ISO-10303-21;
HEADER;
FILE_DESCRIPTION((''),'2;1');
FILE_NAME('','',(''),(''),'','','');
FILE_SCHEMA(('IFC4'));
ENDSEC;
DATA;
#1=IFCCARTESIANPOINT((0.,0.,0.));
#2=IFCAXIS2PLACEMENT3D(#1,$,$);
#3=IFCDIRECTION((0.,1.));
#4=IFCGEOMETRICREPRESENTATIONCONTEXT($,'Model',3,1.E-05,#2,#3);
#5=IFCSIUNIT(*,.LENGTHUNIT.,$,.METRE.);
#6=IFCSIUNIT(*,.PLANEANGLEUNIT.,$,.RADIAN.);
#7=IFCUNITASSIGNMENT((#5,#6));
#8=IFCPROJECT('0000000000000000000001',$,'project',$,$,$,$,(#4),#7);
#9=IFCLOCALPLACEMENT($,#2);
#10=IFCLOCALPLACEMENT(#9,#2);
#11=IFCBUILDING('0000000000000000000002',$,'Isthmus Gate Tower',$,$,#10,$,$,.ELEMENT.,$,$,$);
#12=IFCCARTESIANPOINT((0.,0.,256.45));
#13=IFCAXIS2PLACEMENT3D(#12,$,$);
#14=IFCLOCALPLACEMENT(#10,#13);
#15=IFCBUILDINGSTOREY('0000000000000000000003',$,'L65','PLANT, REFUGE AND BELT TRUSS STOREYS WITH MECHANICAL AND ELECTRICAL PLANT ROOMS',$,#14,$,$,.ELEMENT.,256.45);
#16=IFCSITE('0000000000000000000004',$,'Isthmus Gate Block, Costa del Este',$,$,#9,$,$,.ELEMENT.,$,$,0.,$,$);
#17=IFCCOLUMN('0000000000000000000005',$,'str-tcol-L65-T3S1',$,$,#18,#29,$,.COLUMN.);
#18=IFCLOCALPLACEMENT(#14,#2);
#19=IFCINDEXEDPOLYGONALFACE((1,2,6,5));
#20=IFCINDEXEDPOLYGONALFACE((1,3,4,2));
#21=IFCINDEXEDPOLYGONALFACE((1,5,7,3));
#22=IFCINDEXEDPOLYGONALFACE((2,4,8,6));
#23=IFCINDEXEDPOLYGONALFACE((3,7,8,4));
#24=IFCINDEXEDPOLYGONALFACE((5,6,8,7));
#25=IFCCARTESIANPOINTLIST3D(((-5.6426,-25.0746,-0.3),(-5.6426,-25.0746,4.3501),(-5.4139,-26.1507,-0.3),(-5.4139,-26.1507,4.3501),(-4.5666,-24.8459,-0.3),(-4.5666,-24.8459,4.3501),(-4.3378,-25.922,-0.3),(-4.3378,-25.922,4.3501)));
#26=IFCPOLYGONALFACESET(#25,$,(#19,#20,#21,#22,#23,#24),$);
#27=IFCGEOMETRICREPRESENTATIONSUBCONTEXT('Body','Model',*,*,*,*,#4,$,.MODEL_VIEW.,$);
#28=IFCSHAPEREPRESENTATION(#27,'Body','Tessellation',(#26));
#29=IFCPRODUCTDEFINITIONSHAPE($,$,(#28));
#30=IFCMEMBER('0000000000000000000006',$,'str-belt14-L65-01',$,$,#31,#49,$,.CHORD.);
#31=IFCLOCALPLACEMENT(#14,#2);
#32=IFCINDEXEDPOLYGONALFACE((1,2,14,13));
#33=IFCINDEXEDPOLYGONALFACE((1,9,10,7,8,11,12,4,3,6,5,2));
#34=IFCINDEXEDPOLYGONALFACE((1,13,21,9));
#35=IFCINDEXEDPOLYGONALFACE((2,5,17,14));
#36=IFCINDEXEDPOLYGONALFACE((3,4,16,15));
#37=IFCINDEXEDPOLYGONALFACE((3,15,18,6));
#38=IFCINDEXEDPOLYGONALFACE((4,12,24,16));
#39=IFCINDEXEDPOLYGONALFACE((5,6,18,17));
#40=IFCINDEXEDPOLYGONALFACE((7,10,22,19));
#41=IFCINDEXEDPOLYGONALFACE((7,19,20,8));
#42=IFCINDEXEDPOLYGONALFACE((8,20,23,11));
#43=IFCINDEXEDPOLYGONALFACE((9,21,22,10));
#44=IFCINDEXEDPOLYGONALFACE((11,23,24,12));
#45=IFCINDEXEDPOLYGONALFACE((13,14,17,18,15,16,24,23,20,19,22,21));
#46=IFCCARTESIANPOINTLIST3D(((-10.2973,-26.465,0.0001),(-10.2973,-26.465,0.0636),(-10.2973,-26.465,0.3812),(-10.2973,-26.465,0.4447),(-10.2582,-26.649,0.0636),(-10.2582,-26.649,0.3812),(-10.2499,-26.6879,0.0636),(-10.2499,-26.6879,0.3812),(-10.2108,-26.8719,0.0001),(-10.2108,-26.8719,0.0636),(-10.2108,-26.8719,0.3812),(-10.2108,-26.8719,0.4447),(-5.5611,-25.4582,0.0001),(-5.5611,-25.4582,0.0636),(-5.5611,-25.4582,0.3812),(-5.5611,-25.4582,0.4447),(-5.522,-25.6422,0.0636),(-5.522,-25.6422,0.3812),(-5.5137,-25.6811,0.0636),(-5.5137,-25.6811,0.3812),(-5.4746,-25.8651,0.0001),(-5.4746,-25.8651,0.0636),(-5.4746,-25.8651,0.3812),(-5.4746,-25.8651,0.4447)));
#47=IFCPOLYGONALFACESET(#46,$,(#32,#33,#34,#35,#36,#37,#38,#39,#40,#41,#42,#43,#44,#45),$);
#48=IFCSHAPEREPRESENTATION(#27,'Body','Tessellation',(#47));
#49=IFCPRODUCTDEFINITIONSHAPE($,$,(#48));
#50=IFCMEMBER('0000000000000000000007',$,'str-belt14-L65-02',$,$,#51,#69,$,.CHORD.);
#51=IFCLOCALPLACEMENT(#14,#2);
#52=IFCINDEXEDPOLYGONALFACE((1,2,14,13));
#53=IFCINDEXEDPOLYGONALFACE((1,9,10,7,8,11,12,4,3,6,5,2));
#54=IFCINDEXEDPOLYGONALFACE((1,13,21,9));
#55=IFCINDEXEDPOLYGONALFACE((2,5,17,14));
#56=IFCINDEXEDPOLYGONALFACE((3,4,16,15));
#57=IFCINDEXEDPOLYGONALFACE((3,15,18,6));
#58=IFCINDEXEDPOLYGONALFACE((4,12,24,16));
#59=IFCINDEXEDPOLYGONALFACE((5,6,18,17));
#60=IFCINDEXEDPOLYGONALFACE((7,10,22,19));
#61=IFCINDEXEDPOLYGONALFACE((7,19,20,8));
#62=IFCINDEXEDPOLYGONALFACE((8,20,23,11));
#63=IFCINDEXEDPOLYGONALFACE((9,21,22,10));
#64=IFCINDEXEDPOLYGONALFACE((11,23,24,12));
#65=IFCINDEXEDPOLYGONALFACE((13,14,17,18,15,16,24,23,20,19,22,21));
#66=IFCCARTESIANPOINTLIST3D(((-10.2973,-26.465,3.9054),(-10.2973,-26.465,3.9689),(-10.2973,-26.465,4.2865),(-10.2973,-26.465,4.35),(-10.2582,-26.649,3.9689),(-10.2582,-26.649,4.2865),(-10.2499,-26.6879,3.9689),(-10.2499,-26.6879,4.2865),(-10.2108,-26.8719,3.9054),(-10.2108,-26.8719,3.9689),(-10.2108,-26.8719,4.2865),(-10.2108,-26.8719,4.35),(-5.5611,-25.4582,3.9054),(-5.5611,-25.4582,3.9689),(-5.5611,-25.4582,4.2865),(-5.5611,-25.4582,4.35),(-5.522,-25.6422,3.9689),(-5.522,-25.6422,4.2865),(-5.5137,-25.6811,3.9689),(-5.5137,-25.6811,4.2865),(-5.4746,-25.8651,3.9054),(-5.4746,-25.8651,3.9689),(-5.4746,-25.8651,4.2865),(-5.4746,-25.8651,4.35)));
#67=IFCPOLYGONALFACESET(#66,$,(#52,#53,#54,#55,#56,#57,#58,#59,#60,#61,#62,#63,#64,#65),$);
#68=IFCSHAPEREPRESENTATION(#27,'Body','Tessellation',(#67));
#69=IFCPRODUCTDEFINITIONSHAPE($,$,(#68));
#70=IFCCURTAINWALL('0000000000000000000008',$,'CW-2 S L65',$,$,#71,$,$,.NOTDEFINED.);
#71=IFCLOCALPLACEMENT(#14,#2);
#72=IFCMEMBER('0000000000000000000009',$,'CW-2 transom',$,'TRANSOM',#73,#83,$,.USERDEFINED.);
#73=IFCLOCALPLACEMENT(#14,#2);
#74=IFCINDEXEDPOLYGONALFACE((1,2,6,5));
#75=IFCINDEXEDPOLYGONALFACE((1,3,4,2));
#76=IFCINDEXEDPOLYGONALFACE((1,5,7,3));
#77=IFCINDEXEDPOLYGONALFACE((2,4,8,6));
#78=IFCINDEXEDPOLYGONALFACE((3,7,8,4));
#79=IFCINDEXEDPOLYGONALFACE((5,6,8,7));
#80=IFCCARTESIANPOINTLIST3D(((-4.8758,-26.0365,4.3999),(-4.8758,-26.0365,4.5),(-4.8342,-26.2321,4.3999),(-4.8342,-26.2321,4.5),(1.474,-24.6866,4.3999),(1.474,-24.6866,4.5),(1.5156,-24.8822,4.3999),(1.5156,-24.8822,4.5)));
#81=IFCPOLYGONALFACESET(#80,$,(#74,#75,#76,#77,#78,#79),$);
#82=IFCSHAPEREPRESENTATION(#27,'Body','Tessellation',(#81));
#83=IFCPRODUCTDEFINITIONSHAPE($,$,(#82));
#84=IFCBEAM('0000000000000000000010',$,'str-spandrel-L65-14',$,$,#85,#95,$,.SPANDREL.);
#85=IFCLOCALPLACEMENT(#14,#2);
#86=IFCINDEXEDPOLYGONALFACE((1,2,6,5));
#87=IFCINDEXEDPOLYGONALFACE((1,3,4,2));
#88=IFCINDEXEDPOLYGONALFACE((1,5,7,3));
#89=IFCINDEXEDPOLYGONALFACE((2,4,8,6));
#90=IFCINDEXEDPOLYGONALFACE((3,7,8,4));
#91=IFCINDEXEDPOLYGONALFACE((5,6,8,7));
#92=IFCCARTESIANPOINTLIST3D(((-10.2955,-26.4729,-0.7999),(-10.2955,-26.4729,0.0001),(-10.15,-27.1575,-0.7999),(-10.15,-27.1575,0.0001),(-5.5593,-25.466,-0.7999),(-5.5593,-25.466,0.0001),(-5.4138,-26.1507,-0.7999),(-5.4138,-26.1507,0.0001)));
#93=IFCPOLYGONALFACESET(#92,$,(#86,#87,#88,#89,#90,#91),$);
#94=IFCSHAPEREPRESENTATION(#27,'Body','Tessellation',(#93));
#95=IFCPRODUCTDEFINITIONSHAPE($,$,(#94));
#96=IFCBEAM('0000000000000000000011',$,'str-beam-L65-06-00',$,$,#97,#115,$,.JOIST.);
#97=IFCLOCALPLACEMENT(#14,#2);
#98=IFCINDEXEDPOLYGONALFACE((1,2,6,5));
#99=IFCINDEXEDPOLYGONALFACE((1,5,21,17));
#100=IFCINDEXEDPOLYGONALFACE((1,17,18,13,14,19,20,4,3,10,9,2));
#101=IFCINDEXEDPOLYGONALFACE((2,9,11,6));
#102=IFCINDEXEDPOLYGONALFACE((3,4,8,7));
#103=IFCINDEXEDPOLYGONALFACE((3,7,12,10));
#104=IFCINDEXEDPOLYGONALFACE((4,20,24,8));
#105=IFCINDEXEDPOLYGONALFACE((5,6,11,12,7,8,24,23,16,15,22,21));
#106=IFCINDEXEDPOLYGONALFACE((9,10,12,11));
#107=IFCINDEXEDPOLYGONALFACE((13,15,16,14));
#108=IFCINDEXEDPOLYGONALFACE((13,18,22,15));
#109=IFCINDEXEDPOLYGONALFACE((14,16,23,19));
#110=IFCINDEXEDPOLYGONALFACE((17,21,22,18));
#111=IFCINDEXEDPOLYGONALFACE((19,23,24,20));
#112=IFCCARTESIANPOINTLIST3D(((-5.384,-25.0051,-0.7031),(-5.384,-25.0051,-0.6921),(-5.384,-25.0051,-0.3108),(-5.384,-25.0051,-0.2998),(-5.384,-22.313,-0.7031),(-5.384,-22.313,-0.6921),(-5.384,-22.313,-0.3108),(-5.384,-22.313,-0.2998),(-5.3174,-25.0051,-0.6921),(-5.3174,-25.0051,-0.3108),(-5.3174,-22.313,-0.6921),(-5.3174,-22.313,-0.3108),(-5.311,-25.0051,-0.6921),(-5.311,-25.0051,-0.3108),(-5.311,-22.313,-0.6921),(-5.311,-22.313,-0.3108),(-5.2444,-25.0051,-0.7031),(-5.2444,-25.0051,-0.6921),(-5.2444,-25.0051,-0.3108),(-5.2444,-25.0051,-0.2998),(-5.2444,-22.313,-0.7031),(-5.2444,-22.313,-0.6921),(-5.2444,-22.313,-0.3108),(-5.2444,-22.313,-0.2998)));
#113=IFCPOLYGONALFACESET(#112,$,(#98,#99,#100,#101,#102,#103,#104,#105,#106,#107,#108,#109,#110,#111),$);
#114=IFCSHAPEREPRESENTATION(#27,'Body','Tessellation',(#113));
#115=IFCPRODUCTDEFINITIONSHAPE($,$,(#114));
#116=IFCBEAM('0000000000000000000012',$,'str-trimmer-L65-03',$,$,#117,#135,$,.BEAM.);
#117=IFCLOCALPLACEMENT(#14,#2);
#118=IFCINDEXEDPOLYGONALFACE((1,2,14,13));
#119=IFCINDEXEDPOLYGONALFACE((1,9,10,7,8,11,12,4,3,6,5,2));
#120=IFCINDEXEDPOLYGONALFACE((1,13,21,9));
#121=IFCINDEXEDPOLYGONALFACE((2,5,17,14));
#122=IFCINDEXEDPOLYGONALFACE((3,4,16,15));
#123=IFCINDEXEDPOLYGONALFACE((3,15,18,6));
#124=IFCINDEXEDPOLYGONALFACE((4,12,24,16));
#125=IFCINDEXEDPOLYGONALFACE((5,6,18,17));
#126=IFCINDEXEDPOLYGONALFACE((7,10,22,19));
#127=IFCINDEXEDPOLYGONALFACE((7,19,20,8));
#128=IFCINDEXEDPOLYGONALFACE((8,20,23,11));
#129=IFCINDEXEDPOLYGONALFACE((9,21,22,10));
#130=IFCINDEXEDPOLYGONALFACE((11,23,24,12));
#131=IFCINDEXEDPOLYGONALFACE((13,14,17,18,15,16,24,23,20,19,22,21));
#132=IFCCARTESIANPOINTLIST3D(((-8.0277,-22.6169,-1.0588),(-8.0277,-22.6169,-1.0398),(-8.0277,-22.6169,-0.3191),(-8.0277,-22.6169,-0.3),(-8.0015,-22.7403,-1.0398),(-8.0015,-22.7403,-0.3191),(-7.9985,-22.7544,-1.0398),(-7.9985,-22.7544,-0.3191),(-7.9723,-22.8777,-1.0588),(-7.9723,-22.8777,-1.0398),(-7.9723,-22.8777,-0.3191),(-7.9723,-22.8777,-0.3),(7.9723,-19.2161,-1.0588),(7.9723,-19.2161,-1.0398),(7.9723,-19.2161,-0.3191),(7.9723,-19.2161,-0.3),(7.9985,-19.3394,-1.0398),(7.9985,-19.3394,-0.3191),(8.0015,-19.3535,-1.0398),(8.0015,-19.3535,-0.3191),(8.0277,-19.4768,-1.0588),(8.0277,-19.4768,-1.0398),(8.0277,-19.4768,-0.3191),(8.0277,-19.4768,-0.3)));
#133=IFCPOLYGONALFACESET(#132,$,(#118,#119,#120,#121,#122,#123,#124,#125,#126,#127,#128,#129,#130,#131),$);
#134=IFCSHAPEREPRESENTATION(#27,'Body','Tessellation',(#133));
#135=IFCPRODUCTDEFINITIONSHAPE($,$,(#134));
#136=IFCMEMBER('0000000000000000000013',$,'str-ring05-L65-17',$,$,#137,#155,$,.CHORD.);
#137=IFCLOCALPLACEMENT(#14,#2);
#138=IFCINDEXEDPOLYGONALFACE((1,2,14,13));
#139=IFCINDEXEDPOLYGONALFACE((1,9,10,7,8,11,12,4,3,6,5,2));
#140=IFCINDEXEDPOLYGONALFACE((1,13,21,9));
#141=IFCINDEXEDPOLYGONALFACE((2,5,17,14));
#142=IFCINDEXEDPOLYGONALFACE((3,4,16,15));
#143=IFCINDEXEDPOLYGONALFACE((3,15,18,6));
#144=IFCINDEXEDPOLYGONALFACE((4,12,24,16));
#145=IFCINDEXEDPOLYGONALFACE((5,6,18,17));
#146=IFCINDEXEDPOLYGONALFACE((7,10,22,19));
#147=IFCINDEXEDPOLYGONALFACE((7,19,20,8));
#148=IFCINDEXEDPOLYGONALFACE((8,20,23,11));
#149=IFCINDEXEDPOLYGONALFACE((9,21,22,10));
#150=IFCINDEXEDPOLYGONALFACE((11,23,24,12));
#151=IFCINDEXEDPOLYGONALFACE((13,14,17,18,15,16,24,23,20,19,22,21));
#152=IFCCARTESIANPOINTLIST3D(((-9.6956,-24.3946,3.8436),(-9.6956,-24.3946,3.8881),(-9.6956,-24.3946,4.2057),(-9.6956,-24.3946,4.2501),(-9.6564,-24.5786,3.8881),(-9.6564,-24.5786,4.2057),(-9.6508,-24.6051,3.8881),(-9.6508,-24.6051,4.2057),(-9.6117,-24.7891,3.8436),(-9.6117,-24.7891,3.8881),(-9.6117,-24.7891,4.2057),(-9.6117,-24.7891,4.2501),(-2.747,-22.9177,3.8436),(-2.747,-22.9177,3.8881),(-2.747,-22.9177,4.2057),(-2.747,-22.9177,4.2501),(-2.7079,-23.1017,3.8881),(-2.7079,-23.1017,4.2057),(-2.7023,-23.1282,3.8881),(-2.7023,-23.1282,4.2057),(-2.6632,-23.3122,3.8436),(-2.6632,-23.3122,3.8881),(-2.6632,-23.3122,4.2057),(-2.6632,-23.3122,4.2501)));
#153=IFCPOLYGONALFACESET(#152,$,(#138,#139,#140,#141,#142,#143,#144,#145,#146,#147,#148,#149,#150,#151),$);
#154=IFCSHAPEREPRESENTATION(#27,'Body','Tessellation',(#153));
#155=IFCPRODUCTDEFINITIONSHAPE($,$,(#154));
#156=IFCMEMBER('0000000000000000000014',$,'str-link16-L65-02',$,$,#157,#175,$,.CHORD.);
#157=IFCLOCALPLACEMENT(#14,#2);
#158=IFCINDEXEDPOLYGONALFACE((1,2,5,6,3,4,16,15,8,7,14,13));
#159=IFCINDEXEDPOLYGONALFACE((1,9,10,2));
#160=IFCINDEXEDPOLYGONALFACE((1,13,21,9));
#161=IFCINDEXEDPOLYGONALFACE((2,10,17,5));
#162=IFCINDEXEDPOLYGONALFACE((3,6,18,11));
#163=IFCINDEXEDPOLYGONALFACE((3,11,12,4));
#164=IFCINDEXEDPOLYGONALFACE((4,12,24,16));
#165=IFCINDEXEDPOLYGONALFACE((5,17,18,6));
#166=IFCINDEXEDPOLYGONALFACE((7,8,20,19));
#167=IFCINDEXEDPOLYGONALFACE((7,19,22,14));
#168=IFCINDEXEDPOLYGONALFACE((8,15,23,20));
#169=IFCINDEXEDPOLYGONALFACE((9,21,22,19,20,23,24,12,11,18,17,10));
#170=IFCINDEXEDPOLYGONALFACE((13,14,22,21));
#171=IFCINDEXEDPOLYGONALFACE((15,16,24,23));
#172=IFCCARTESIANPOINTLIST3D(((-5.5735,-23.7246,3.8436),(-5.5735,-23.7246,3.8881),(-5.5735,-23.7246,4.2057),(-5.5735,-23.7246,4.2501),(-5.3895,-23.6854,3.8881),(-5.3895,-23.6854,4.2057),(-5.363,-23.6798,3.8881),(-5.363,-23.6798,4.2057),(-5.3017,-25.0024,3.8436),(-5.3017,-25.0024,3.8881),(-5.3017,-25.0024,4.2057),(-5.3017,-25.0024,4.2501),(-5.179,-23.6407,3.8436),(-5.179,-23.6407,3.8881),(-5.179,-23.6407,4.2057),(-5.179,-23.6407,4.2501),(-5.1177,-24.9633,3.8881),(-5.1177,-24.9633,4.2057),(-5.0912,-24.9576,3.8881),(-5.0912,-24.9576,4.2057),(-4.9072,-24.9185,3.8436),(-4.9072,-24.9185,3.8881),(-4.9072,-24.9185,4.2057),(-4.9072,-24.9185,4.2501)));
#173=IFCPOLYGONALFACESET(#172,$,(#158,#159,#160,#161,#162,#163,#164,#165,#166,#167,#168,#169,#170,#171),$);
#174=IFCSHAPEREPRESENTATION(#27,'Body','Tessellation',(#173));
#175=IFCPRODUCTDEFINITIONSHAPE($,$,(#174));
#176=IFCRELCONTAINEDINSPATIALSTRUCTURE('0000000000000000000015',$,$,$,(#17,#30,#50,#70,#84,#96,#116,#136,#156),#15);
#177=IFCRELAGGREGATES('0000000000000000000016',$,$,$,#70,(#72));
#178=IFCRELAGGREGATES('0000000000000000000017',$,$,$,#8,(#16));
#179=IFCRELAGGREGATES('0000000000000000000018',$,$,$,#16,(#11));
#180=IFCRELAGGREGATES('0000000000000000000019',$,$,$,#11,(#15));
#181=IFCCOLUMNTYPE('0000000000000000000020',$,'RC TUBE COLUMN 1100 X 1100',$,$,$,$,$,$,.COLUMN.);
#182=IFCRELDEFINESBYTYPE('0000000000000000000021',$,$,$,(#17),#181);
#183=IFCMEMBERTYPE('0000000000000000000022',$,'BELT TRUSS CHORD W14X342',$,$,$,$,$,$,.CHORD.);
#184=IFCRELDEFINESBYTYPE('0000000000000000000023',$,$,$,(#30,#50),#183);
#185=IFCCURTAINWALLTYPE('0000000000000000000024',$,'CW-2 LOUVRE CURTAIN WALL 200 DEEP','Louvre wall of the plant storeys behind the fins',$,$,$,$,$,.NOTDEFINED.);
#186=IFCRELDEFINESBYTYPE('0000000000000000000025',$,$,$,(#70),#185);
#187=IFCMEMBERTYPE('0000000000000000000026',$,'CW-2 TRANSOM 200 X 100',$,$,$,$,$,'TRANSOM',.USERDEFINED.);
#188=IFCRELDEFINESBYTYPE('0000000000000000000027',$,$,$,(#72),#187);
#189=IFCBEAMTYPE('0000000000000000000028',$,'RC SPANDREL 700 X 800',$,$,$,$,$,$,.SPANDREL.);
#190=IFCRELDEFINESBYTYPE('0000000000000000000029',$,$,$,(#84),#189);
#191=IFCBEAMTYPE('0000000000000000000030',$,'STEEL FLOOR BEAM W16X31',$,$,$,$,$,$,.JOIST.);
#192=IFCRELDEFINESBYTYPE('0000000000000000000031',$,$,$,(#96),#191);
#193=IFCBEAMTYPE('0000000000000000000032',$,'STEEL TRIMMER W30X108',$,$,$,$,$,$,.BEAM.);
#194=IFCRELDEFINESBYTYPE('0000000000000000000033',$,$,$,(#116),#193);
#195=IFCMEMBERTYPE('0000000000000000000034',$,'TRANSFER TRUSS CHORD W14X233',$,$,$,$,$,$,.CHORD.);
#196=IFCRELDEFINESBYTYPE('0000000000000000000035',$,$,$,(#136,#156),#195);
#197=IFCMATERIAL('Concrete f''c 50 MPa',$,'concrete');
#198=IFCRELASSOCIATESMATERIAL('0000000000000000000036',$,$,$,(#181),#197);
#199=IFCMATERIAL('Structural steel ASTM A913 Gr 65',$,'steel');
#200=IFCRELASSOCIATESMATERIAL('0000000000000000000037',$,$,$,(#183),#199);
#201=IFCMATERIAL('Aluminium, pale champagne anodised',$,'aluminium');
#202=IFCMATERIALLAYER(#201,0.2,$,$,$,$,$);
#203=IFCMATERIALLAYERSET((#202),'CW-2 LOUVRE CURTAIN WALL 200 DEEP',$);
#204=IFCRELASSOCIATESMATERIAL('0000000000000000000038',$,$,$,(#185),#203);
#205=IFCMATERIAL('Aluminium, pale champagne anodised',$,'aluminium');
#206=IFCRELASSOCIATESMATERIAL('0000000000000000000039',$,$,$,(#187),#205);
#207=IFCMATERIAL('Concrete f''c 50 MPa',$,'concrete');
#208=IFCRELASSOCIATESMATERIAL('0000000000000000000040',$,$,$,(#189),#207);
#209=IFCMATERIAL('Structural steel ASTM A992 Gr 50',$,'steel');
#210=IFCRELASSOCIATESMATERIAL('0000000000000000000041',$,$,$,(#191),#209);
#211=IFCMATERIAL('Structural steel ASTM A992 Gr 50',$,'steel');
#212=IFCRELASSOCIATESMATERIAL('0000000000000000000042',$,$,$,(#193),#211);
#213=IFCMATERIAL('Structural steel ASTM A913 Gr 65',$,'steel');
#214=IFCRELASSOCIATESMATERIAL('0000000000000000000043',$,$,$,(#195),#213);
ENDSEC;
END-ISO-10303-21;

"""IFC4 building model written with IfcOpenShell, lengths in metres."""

from ifc_helpers import new_model, si_unit, direction, frame, origin, origin_2d, place, context, subcontext, project, spatial, rectangle, i_section, extrude, material, layer, layer_set, material_profile, profile_set, type_object, element, aggregate, save


model = new_model("IFC4")

# Units and contexts
model_context = context("Model", 3, precision=1e-05, world=origin(), true_north=direction((0.0, 1.0)))
body_context = subcontext(model_context, "Body", "Model", "MODEL_VIEW")
ifc_project = project(units=[si_unit("LENGTHUNIT", "METRE"), si_unit("PLANEANGLEUNIT", "RADIAN")], contexts=[model_context])

# Site, building, storey
site_placement = place(None, origin())
site = spatial("IfcSite", under=ifc_project, at=site_placement, Name="Isthmus Gate Block, Costa del Este", CompositionType="ELEMENT", RefElevation=0.0)
building_placement = place(site_placement, origin())
building = spatial("IfcBuilding", under=site, at=building_placement, Name="Isthmus Gate Tower", CompositionType="ELEMENT")
storey_placement = place(building_placement, frame((0.0, 0.0, 256.45)))
storey = spatial("IfcBuildingStorey", under=building, at=storey_placement, Name="L65", Description="PLANT, REFUGE AND BELT TRUSS STOREYS WITH MECHANICAL AND ELECTRICAL PLANT ROOMS", CompositionType="ELEMENT", Elevation=256.45)

# Column
ifc_material_1 = material(Name="Concrete f'c 50 MPa", Category="concrete")
ifc_material_profile_1 = material_profile(ifc_material_1, rectangle(XDim=1.1001, YDim=1.1001, at=origin_2d()), Name="RC 1100X1100")
ifc_profile_set_1 = profile_set([ifc_material_profile_1], Name="Concrete f'c 50 MPa")
column_type = type_object("IfcColumnType", Name="RC TUBE COLUMN 1100 X 1100", PredefinedType="COLUMN", material=ifc_profile_set_1)
column_placement = place(storey_placement, frame((-4.9902, -25.4983, -0.3), z_axis=(0.0, 0.0, 1.0), x_axis=(0.978148, 0.207912, 0.0)))
element("IfcColumn", 1, at=column_placement, inside=storey, type_object=column_type, Name="str-tcol-L65-T3S1", PredefinedType="COLUMN", context=body_context, shape_type="SweptSolid", body=[
    extrude(rectangle(XDim=1.1001, YDim=1.1001, at=origin_2d()), origin(), (0.0, 0.0, 1.0), 4.6501),
])

# Members
ifc_material_2 = material(Name="Structural steel ASTM A913 Gr 65", Category="steel")
ifc_material_profile_2 = material_profile(ifc_material_2, i_section(OverallWidth=0.416, OverallDepth=0.4446, WebThickness=0.0398, FlangeThickness=0.0635, at=origin_2d()), Name="W14X342")
ifc_profile_set_2 = profile_set([ifc_material_profile_2], Name="Structural steel ASTM A913 Gr 65")
member_type_1 = type_object("IfcMemberType", Name="BELT TRUSS CHORD W14X342", PredefinedType="CHORD", material=ifc_profile_set_2)
for number, where, z_axis, x_axis, name in (
    (2, (-5.5178, -25.6616, 0.2224), (-0.978141, -0.207941, 0.0), (0.207941, -0.978141, 0.0), "str-belt14-L65-01"),
    (3, (-5.5178, -25.6616, 4.1277), (-0.978141, -0.207941, 0.0), (0.207941, -0.978141, 0.0), "str-belt14-L65-02"),
):
    element("IfcMember", number, at=place(storey_placement, frame(where, z_axis=z_axis, x_axis=x_axis)), inside=storey, type_object=member_type_1, Name=name, PredefinedType="CHORD", context=body_context, shape_type="SweptSolid", body=[
        extrude(i_section(OverallWidth=0.416, OverallDepth=0.4446, WebThickness=0.0398, FlangeThickness=0.0635, at=origin_2d()), origin(), (0.0, 0.0, 1.0), 4.842),
    ])

# Curtain wall, member
ifc_material_3 = material(Name="Aluminium, pale champagne anodised", Category="aluminium")
ifc_layer_1 = layer(ifc_material_3, 0.2)
ifc_layer_set_1 = layer_set([ifc_layer_1], Name="CW-2 LOUVRE CURTAIN WALL 200 DEEP")
curtain_wall_type = type_object("IfcCurtainWallType", Name="CW-2 LOUVRE CURTAIN WALL 200 DEEP", Description="Louvre wall of the plant storeys behind the fins", PredefinedType="NOTDEFINED", material=ifc_layer_set_1)
curtain_wall_placement = place(storey_placement, origin())
curtain_wall = element("IfcCurtainWall", 4, at=curtain_wall_placement, inside=storey, type_object=curtain_wall_type, Name="CW-2 S L65", PredefinedType="NOTDEFINED")
ifc_material_4 = material(Name="Aluminium, pale champagne anodised", Category="aluminium")
ifc_material_profile_3 = material_profile(ifc_material_4, rectangle(XDim=0.2, YDim=0.1001, at=origin_2d()), Name="200x100")
ifc_profile_set_3 = profile_set([ifc_material_profile_3], Name="Aluminium, pale champagne anodised")
member_type_2 = type_object("IfcMemberType", Name="CW-2 TRANSOM 200 X 100", ElementType="TRANSOM", PredefinedType="USERDEFINED", material=ifc_profile_set_3)
member_1_placement = place(storey_placement, frame((-4.855, -26.1343, 4.45), z_axis=(0.978143, 0.207934, 0.0), x_axis=(-0.207934, 0.978143, 0.0)))
member_1 = element("IfcMember", 5, at=member_1_placement, type_object=member_type_2, Name="CW-2 transom", ObjectType="TRANSOM", PredefinedType="USERDEFINED", context=body_context, shape_type="SweptSolid", body=[
    extrude(rectangle(XDim=0.2, YDim=0.1001, at=origin_2d()), origin(), (0.0, 0.0, 1.0), 6.4917),
])

# Beams
ifc_material_5 = material(Name="Concrete f'c 50 MPa", Category="concrete")
ifc_material_profile_4 = material_profile(ifc_material_5, rectangle(XDim=0.7, YDim=0.8, at=origin_2d()), Name="RC 700X800")
ifc_profile_set_4 = profile_set([ifc_material_profile_4], Name="Concrete f'c 50 MPa")
beam_type_1 = type_object("IfcBeamType", Name="RC SPANDREL 700 X 800", PredefinedType="SPANDREL", material=ifc_profile_set_4)
beam_1_placement = place(storey_placement, frame((-5.4866, -25.8083, -0.3999), z_axis=(-0.978141, -0.207941, 0.0), x_axis=(0.207941, -0.978141, 0.0)))
element("IfcBeam", 6, at=beam_1_placement, inside=storey, type_object=beam_type_1, Name="str-spandrel-L65-14", PredefinedType="SPANDREL", context=body_context, shape_type="SweptSolid", body=[
    extrude(rectangle(XDim=0.7, YDim=0.8, at=origin_2d()), origin(), (0.0, 0.0, 1.0), 4.842),
])
ifc_material_6 = material(Name="Structural steel ASTM A992 Gr 50", Category="steel")
ifc_material_profile_5 = material_profile(ifc_material_6, i_section(OverallWidth=0.1396, OverallDepth=0.4033, WebThickness=0.0063, FlangeThickness=0.011, at=origin_2d()), Name="W16X31")
ifc_profile_set_5 = profile_set([ifc_material_profile_5], Name="Structural steel ASTM A992 Gr 50")
beam_type_2 = type_object("IfcBeamType", Name="STEEL FLOOR BEAM W16X31", PredefinedType="JOIST", material=ifc_profile_set_5)
beam_2_placement = place(storey_placement, frame((-5.3142, -25.0051, -0.5015), z_axis=(0.0, 1.0, 0.0), x_axis=(-1.0, 0.0, 0.0)))
element("IfcBeam", 7, at=beam_2_placement, inside=storey, type_object=beam_type_2, Name="str-beam-L65-06-00", PredefinedType="JOIST", context=body_context, shape_type="SweptSolid", body=[
    extrude(i_section(OverallWidth=0.1396, OverallDepth=0.4033, WebThickness=0.0063, FlangeThickness=0.011, at=origin_2d()), origin(), (0.0, 0.0, 1.0), 2.6921),
])
ifc_material_7 = material(Name="Structural steel ASTM A992 Gr 50", Category="steel")
ifc_material_profile_6 = material_profile(ifc_material_7, i_section(OverallWidth=0.2666, OverallDepth=0.7588, WebThickness=0.0144, FlangeThickness=0.019, at=origin_2d()), Name="W30X108")
ifc_profile_set_6 = profile_set([ifc_material_profile_6], Name="Structural steel ASTM A992 Gr 50")
beam_type_3 = type_object("IfcBeamType", Name="STEEL TRIMMER W30X108", PredefinedType="BEAM", material=ifc_profile_set_6)
beam_3_placement = place(storey_placement, frame((-8.0, -22.7473, -0.6794), z_axis=(0.978148, 0.20791, 0.0), x_axis=(-0.20791, 0.978148, 0.0)))
element("IfcBeam", 8, at=beam_3_placement, inside=storey, type_object=beam_type_3, Name="str-trimmer-L65-03", PredefinedType="BEAM", context=body_context, shape_type="SweptSolid", body=[
    extrude(i_section(OverallWidth=0.2666, OverallDepth=0.7588, WebThickness=0.0144, FlangeThickness=0.019, at=origin_2d()), origin(), (0.0, 0.0, 1.0), 16.3574),
])

# Members
ifc_material_8 = material(Name="Structural steel ASTM A913 Gr 65", Category="steel")
ifc_material_profile_7 = material_profile(ifc_material_8, i_section(OverallWidth=0.4033, OverallDepth=0.4065, WebThickness=0.0271, FlangeThickness=0.0444, at=origin_2d()), Name="W14X233")
ifc_profile_set_7 = profile_set([ifc_material_profile_7], Name="Structural steel ASTM A913 Gr 65")
member_type_3 = type_object("IfcMemberType", Name="TRANSFER TRUSS CHORD W14X233", PredefinedType="CHORD", material=ifc_profile_set_7)
member_2_placement = place(storey_placement, frame((-2.7051, -23.115, 4.0469), z_axis=(-0.978152, -0.207893, 0.0), x_axis=(0.207893, -0.978152, 0.0)))
element("IfcMember", 9, at=member_2_placement, inside=storey, type_object=member_type_3, Name="str-ring05-L65-17", PredefinedType="CHORD", context=body_context, shape_type="SweptSolid", body=[
    extrude(i_section(OverallWidth=0.4033, OverallDepth=0.4065, WebThickness=0.0271, FlangeThickness=0.0444, at=origin_2d()), origin(), (0.0, 0.0, 1.0), 7.1038),
])
member_3_placement = place(storey_placement, frame((-5.1045, -24.9604, 4.0469), z_axis=(-0.207997, 0.978129, 0.0), x_axis=(-0.978129, -0.207997, 0.0)))
element("IfcMember", 10, at=member_3_placement, inside=storey, type_object=member_type_3, Name="str-link16-L65-02", PredefinedType="CHORD", context=body_context, shape_type="SweptSolid", body=[
    extrude(i_section(OverallWidth=0.4033, OverallDepth=0.4065, WebThickness=0.0271, FlangeThickness=0.0444, at=origin_2d()), origin(), (0.0, 0.0, 1.0), 1.3064),
])

aggregate(curtain_wall, [member_1])

save(model, "model.ifc")
